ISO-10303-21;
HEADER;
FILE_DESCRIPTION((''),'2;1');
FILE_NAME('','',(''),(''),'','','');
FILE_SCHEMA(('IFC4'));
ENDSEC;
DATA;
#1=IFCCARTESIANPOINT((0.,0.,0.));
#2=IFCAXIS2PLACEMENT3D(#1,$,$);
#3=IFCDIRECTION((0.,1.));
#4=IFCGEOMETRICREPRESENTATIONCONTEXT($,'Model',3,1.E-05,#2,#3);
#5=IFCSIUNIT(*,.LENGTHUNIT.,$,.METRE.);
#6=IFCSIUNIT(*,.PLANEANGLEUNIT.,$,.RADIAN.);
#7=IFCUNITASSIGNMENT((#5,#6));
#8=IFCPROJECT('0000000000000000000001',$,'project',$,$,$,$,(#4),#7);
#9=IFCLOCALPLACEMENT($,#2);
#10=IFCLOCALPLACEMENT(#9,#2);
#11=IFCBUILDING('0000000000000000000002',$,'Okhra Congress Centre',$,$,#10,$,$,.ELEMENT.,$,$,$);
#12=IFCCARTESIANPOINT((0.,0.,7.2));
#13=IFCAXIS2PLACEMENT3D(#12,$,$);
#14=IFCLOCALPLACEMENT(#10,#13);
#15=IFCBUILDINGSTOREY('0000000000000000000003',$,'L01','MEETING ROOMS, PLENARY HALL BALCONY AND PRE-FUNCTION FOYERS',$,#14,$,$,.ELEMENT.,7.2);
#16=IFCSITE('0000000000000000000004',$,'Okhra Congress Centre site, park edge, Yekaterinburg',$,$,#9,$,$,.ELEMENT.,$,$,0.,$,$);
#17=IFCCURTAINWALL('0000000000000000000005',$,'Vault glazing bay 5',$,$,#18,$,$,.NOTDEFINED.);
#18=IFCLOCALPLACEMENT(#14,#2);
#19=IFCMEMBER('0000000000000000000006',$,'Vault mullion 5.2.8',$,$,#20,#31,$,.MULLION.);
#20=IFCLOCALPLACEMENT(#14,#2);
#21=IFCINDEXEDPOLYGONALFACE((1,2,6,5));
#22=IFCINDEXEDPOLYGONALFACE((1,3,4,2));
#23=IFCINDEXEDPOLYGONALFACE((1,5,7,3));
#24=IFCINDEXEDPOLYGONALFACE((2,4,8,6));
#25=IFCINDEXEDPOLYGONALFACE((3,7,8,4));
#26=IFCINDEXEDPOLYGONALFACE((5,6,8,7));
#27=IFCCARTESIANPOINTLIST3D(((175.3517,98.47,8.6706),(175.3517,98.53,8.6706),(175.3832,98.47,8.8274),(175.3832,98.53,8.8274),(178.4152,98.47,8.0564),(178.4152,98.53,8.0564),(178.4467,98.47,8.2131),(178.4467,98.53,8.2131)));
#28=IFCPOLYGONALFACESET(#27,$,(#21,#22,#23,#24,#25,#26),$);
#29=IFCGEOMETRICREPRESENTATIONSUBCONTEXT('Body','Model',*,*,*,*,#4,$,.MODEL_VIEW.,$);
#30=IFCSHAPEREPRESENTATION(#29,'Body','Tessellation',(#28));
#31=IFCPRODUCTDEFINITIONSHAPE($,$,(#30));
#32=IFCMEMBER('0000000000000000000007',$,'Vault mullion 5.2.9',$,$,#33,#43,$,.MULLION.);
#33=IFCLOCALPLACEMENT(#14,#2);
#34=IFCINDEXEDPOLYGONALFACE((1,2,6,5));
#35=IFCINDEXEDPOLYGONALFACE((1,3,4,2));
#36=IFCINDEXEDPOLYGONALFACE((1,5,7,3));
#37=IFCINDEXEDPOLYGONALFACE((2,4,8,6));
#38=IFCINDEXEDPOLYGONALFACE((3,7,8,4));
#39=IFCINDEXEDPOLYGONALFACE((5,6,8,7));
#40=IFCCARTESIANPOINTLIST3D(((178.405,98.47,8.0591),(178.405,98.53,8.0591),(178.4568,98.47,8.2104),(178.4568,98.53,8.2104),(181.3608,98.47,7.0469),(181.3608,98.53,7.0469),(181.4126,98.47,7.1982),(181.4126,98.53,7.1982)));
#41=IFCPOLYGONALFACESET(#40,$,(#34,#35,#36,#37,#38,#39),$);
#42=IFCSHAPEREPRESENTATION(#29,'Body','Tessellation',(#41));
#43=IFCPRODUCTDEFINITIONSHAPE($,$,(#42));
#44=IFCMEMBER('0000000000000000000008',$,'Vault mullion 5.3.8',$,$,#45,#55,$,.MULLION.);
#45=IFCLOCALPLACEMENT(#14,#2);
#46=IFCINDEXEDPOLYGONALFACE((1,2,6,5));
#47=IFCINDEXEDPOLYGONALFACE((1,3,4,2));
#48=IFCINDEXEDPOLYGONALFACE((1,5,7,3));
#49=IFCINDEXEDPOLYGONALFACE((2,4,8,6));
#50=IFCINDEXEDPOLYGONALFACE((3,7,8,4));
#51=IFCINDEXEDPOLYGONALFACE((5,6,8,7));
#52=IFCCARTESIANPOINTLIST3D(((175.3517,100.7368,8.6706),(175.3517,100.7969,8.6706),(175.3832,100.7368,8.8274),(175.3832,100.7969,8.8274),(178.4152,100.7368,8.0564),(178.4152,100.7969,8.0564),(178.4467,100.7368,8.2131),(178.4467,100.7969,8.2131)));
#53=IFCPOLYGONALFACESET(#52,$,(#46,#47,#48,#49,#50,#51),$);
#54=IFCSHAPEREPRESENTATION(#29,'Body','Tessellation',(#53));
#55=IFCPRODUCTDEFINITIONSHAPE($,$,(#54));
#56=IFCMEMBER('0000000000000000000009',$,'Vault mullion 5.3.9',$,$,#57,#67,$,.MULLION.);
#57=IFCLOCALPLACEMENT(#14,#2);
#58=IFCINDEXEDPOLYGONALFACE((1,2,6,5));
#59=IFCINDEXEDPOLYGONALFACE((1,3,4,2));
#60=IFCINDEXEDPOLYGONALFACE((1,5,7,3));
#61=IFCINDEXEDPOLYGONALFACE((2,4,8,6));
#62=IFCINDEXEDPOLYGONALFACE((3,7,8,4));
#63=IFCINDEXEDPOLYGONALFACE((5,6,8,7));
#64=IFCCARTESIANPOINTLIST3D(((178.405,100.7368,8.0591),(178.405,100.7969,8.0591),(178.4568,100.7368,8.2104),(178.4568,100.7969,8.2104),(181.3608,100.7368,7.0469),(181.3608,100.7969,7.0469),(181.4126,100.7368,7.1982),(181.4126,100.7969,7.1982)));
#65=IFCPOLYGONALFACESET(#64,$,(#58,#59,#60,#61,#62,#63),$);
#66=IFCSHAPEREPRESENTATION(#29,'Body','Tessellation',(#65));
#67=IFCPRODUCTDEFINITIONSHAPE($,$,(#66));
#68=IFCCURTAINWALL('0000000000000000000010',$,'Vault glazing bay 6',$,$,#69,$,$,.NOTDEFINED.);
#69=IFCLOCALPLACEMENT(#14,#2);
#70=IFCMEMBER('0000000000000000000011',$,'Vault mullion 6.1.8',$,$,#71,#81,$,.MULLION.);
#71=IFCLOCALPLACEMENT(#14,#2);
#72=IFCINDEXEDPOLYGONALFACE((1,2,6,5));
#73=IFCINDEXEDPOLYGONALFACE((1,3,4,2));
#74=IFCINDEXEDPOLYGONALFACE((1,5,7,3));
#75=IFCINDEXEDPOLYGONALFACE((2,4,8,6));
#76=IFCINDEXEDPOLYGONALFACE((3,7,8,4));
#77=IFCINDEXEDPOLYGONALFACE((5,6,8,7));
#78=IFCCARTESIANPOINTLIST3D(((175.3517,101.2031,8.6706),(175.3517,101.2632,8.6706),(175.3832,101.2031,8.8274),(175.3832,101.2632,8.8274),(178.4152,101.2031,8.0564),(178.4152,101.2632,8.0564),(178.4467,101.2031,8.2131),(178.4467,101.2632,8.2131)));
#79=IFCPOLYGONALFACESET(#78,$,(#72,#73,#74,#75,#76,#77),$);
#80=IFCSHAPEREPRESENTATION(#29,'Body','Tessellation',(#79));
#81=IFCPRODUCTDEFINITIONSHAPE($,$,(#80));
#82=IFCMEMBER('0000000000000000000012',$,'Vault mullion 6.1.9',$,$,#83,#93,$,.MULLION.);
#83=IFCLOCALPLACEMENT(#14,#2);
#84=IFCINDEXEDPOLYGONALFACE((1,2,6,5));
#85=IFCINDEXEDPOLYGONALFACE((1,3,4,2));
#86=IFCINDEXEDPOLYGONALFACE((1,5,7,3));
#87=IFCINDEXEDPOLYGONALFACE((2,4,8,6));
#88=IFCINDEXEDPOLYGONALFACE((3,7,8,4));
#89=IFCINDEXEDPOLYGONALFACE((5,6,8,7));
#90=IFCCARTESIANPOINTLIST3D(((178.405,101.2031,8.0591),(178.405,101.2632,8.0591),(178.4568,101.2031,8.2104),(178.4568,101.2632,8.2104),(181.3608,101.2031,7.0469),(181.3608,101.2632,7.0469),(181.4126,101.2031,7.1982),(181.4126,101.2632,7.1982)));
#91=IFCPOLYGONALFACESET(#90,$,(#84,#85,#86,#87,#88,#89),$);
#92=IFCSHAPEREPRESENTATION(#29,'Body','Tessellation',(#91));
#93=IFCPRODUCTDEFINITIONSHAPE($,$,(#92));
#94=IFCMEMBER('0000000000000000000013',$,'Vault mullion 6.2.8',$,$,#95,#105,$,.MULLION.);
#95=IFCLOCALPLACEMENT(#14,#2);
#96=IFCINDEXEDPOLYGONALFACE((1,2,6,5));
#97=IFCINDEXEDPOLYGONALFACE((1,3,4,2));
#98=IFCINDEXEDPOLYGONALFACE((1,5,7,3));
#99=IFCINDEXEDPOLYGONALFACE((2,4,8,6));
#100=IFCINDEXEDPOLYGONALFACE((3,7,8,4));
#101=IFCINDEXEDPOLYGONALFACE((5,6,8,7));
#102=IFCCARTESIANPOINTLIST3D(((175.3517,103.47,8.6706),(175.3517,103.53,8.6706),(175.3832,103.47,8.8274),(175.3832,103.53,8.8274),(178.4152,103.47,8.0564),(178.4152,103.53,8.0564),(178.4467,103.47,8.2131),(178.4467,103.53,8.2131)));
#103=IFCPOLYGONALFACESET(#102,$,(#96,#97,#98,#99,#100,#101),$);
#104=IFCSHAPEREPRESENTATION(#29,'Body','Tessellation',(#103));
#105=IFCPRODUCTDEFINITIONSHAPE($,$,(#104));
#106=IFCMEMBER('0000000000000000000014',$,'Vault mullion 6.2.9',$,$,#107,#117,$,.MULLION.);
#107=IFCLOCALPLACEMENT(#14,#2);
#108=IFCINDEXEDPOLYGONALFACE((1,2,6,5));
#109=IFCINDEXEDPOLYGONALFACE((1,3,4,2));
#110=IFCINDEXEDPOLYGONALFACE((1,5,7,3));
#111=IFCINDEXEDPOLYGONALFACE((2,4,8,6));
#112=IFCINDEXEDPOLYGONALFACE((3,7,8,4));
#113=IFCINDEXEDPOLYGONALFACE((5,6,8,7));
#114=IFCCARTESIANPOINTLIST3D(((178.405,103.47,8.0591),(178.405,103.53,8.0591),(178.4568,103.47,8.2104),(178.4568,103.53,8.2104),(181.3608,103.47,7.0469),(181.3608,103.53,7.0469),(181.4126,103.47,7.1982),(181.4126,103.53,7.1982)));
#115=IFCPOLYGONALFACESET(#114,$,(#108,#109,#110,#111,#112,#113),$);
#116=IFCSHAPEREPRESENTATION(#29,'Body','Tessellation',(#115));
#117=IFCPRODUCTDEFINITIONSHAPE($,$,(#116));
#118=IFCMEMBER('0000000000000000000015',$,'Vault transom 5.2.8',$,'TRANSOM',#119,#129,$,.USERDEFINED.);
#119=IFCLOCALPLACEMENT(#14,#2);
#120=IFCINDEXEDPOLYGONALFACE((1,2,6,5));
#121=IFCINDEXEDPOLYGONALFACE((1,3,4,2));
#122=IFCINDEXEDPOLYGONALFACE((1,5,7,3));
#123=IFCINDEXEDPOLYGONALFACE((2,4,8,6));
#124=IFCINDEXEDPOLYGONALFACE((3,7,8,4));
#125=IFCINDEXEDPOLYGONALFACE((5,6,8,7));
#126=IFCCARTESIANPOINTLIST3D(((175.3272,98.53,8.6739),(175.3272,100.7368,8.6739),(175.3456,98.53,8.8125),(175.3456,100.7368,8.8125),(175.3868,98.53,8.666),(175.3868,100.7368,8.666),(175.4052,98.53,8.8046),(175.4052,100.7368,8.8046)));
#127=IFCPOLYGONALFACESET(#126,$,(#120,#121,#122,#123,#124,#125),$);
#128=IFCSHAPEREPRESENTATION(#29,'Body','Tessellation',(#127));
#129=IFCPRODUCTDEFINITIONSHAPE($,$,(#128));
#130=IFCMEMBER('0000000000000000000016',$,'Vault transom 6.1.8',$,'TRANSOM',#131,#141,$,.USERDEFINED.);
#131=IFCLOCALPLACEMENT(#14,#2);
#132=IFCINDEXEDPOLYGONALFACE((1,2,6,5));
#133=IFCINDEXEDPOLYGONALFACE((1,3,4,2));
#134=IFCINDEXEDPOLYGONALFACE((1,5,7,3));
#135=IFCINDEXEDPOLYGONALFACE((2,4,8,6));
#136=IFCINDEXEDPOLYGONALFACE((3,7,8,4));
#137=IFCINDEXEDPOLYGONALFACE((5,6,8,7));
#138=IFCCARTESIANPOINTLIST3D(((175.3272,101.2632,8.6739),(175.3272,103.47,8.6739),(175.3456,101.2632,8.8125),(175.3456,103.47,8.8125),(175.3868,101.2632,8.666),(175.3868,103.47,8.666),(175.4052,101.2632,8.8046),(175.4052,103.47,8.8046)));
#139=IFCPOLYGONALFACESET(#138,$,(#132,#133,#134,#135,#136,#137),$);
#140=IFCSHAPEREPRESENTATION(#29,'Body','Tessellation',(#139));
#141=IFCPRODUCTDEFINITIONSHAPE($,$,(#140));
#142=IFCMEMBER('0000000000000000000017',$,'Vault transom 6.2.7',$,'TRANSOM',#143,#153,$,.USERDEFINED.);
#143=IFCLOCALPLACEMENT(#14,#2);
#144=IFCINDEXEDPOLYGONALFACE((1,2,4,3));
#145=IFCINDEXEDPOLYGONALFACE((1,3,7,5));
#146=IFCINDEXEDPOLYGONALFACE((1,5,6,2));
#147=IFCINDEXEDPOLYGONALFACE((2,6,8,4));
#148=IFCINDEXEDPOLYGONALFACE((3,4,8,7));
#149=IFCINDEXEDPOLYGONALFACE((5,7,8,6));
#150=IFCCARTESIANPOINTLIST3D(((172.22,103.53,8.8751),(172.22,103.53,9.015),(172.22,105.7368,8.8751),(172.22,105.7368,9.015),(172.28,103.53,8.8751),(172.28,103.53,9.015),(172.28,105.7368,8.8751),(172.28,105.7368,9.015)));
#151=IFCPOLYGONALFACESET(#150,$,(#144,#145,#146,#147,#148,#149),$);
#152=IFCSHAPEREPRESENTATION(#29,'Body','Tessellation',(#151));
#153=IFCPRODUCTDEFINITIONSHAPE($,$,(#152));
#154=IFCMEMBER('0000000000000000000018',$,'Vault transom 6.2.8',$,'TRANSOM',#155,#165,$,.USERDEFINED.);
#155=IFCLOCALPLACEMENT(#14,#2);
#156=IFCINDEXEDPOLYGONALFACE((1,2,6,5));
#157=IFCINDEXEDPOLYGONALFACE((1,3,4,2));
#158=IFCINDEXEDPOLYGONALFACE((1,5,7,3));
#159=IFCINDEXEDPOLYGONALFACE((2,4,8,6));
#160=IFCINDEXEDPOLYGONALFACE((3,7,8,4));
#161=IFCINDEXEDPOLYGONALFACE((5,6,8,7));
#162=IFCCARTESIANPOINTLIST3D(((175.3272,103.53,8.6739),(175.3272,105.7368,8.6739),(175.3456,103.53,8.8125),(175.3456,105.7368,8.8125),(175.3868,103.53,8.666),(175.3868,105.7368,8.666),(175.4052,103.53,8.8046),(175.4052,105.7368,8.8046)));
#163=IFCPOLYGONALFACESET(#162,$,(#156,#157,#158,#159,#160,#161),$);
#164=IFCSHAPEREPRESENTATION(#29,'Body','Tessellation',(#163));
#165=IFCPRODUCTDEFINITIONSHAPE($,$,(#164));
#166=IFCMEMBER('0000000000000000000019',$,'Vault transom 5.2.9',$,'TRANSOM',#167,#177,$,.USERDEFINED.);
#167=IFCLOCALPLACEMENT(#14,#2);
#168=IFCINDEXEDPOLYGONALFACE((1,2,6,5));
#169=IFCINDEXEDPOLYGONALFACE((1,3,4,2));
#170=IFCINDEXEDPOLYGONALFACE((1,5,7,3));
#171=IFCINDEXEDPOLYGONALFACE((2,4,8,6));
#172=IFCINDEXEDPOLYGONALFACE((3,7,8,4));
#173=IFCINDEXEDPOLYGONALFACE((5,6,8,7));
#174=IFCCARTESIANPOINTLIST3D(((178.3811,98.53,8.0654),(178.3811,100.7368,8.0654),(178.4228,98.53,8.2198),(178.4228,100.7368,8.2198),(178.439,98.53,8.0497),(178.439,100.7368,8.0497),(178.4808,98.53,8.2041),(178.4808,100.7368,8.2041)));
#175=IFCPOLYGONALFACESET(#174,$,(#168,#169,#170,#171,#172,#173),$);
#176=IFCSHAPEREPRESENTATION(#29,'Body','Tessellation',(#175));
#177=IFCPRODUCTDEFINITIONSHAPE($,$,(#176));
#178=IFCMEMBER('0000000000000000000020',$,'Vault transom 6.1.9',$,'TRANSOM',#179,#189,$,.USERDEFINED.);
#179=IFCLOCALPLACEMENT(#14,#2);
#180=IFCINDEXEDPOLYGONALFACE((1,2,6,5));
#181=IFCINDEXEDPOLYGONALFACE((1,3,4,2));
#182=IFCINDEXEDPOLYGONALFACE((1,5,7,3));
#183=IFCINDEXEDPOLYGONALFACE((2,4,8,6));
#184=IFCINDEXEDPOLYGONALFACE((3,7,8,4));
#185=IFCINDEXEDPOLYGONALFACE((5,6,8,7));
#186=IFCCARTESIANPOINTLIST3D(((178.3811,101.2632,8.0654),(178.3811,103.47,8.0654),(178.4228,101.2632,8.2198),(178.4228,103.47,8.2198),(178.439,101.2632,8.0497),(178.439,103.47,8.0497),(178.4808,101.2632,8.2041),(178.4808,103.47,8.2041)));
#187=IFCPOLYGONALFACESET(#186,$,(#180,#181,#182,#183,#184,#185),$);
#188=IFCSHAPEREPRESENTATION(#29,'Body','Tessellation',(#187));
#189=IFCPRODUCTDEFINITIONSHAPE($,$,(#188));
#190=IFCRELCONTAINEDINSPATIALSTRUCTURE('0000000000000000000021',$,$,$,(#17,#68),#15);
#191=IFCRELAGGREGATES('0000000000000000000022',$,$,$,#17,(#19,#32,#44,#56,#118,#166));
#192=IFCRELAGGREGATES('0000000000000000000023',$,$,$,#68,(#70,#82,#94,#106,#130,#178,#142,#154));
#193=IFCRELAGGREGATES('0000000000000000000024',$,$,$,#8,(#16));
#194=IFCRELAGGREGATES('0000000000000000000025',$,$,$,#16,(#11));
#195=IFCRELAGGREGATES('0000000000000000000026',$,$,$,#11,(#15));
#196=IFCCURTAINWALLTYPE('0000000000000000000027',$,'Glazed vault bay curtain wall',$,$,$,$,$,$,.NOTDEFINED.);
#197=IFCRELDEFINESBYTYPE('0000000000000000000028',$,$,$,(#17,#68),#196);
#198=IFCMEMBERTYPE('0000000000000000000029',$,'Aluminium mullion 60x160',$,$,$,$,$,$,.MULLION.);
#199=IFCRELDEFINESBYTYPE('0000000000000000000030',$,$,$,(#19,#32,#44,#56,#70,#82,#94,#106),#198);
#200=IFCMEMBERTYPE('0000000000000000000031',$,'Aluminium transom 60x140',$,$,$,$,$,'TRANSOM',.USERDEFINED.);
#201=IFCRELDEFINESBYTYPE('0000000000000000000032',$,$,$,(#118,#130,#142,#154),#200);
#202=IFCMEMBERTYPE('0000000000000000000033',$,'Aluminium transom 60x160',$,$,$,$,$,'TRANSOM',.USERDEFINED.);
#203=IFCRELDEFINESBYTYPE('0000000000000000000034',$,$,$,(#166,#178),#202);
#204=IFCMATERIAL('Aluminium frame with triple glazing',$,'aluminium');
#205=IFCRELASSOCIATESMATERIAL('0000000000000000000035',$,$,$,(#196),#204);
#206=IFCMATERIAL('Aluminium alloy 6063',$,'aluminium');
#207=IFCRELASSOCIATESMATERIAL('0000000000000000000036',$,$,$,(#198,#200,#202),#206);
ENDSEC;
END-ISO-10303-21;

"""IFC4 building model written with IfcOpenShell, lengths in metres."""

from ifc_helpers import new_model, si_unit, direction, frame, origin, origin_2d, place, context, subcontext, project, spatial, rectangle, extrude, material, material_profile, profile_set, type_object, element, aggregate, save


model = new_model("IFC4")

# Units and contexts
model_context = context("Model", 3, precision=1e-05, world=origin(), true_north=direction((0.0, 1.0)))
body_context = subcontext(model_context, "Body", "Model", "MODEL_VIEW")
ifc_project = project(units=[si_unit("LENGTHUNIT", "METRE"), si_unit("PLANEANGLEUNIT", "RADIAN")], contexts=[model_context])

# Site, building, storey
site_placement = place(None, origin())
site = spatial("IfcSite", under=ifc_project, at=site_placement, Name="Okhra Congress Centre site, park edge, Yekaterinburg", CompositionType="ELEMENT", RefElevation=0.0)
building_placement = place(site_placement, origin())
building = spatial("IfcBuilding", under=site, at=building_placement, Name="Okhra Congress Centre", CompositionType="ELEMENT")
storey_placement = place(building_placement, frame((0.0, 0.0, 7.2)))
storey = spatial("IfcBuildingStorey", under=building, at=storey_placement, Name="L01", Description="MEETING ROOMS, PLENARY HALL BALCONY AND PRE-FUNCTION FOYERS", CompositionType="ELEMENT", Elevation=7.2)

# Curtain walls, members
ifc_material_1 = material(Name="Aluminium frame with triple glazing", Category="aluminium")
curtain_wall_type = type_object("IfcCurtainWallType", Name="Glazed vault bay curtain wall", PredefinedType="NOTDEFINED", material=ifc_material_1)
curtain_wall_1_placement = place(storey_placement, origin())
curtain_wall_1 = element("IfcCurtainWall", 1, at=curtain_wall_1_placement, inside=storey, type_object=curtain_wall_type, Name="Vault glazing bay 5", PredefinedType="NOTDEFINED")
ifc_material_2 = material(Name="Aluminium alloy 6063", Category="aluminium")
ifc_material_profile_1 = material_profile(ifc_material_2, rectangle(XDim=0.0601, YDim=0.1599, at=origin_2d()), Name="AL 60x160")
ifc_profile_set_1 = profile_set([ifc_material_profile_1], Name="Aluminium alloy 6063")
member_type_1 = type_object("IfcMemberType", Name="Aluminium mullion 60x160", PredefinedType="MULLION", material=ifc_profile_set_1)
member_1_placement = place(storey_placement, frame((175.3674, 98.5, 8.749), z_axis=(0.980484, 0.0, -0.196597), x_axis=(0.0, 1.0, 0.0)))
member_1 = element("IfcMember", 2, at=member_1_placement, type_object=member_type_1, Name="Vault mullion 5.2.8", PredefinedType="MULLION", context=body_context, shape_type="SweptSolid", body=[
    extrude(rectangle(XDim=0.0601, YDim=0.1599, at=origin_2d()), origin(), (0.0, 0.0, 1.0), 3.1245),
])
member_2_placement = place(storey_placement, frame((178.4309, 98.5, 8.1348), z_axis=(0.946065, 0.0, -0.323977), x_axis=(0.0, 1.0, 0.0)))
member_2 = element("IfcMember", 3, at=member_2_placement, type_object=member_type_1, Name="Vault mullion 5.2.9", PredefinedType="MULLION", context=body_context, shape_type="SweptSolid", body=[
    extrude(rectangle(XDim=0.0601, YDim=0.1599, at=origin_2d()), origin(), (0.0, 0.0, 1.0), 3.1243),
])
member_3_placement = place(storey_placement, frame((175.3674, 100.7668, 8.749), z_axis=(0.980484, 0.0, -0.196597), x_axis=(0.0, 1.0, 0.0)))
member_3 = element("IfcMember", 4, at=member_3_placement, type_object=member_type_1, Name="Vault mullion 5.3.8", PredefinedType="MULLION", context=body_context, shape_type="SweptSolid", body=[
    extrude(rectangle(XDim=0.0601, YDim=0.1599, at=origin_2d()), origin(), (0.0, 0.0, 1.0), 3.1245),
])
member_4_placement = place(storey_placement, frame((178.4309, 100.7668, 8.1348), z_axis=(0.946065, 0.0, -0.323977), x_axis=(0.0, 1.0, 0.0)))
member_4 = element("IfcMember", 5, at=member_4_placement, type_object=member_type_1, Name="Vault mullion 5.3.9", PredefinedType="MULLION", context=body_context, shape_type="SweptSolid", body=[
    extrude(rectangle(XDim=0.0601, YDim=0.1599, at=origin_2d()), origin(), (0.0, 0.0, 1.0), 3.1243),
])
curtain_wall_2_placement = place(storey_placement, origin())
curtain_wall_2 = element("IfcCurtainWall", 6, at=curtain_wall_2_placement, inside=storey, type_object=curtain_wall_type, Name="Vault glazing bay 6", PredefinedType="NOTDEFINED")
member_5_placement = place(storey_placement, frame((175.3674, 101.2332, 8.749), z_axis=(0.980484, 0.0, -0.196597), x_axis=(0.0, 1.0, 0.0)))
member_5 = element("IfcMember", 7, at=member_5_placement, type_object=member_type_1, Name="Vault mullion 6.1.8", PredefinedType="MULLION", context=body_context, shape_type="SweptSolid", body=[
    extrude(rectangle(XDim=0.0601, YDim=0.1599, at=origin_2d()), origin(), (0.0, 0.0, 1.0), 3.1245),
])
member_6_placement = place(storey_placement, frame((178.4309, 101.2332, 8.1348), z_axis=(0.946065, 0.0, -0.323977), x_axis=(0.0, 1.0, 0.0)))
member_6 = element("IfcMember", 8, at=member_6_placement, type_object=member_type_1, Name="Vault mullion 6.1.9", PredefinedType="MULLION", context=body_context, shape_type="SweptSolid", body=[
    extrude(rectangle(XDim=0.0601, YDim=0.1599, at=origin_2d()), origin(), (0.0, 0.0, 1.0), 3.1243),
])
member_7_placement = place(storey_placement, frame((175.3674, 103.5, 8.749), z_axis=(0.980484, 0.0, -0.196597), x_axis=(0.0, 1.0, 0.0)))
member_7 = element("IfcMember", 9, at=member_7_placement, type_object=member_type_1, Name="Vault mullion 6.2.8", PredefinedType="MULLION", context=body_context, shape_type="SweptSolid", body=[
    extrude(rectangle(XDim=0.0601, YDim=0.1599, at=origin_2d()), origin(), (0.0, 0.0, 1.0), 3.1245),
])
member_8_placement = place(storey_placement, frame((178.4309, 103.5, 8.1348), z_axis=(0.946065, 0.0, -0.323977), x_axis=(0.0, 1.0, 0.0)))
member_8 = element("IfcMember", 10, at=member_8_placement, type_object=member_type_1, Name="Vault mullion 6.2.9", PredefinedType="MULLION", context=body_context, shape_type="SweptSolid", body=[
    extrude(rectangle(XDim=0.0601, YDim=0.1599, at=origin_2d()), origin(), (0.0, 0.0, 1.0), 3.1243),
])

# Members
ifc_material_profile_2 = material_profile(ifc_material_2, rectangle(XDim=0.0601, YDim=0.1399, at=origin_2d()), Name="AL 60x140 transom")
ifc_profile_set_2 = profile_set([ifc_material_profile_2], Name="Aluminium alloy 6063")
member_type_2 = type_object("IfcMemberType", Name="Aluminium transom 60x140", ElementType="TRANSOM", PredefinedType="USERDEFINED", material=ifc_profile_set_2)
member_9_placement = place(storey_placement, frame((175.3662, 98.53, 8.7393), z_axis=(0.0, 1.0, 0.0), x_axis=(-0.991307, 0.0, 0.131568)))
member_9 = element("IfcMember", 11, at=member_9_placement, type_object=member_type_2, Name="Vault transom 5.2.8", ObjectType="TRANSOM", PredefinedType="USERDEFINED", context=body_context, shape_type="SweptSolid", body=[
    extrude(rectangle(XDim=0.0601, YDim=0.1399, at=origin_2d()), origin(), (0.0, 0.0, 1.0), 2.2068),
])
member_10_placement = place(storey_placement, frame((175.3662, 101.2632, 8.7393), z_axis=(0.0, 1.0, 0.0), x_axis=(-0.991307, 0.0, 0.131568)))
member_10 = element("IfcMember", 12, at=member_10_placement, type_object=member_type_2, Name="Vault transom 6.1.8", ObjectType="TRANSOM", PredefinedType="USERDEFINED", context=body_context, shape_type="SweptSolid", body=[
    extrude(rectangle(XDim=0.0601, YDim=0.1399, at=origin_2d()), origin(), (0.0, 0.0, 1.0), 2.2068),
])
member_11_placement = place(storey_placement, frame((172.25, 103.53, 8.9451), z_axis=(0.0, 1.0, 0.0), x_axis=(-1.0, 0.0, 0.0)))
member_11 = element("IfcMember", 13, at=member_11_placement, type_object=member_type_2, Name="Vault transom 6.2.7", ObjectType="TRANSOM", PredefinedType="USERDEFINED", context=body_context, shape_type="SweptSolid", body=[
    extrude(rectangle(XDim=0.0601, YDim=0.1399, at=origin_2d()), origin(), (0.0, 0.0, 1.0), 2.2068),
])
member_12_placement = place(storey_placement, frame((175.3662, 103.53, 8.7393), z_axis=(0.0, 1.0, 0.0), x_axis=(-0.991307, 0.0, 0.131568)))
member_12 = element("IfcMember", 14, at=member_12_placement, type_object=member_type_2, Name="Vault transom 6.2.8", ObjectType="TRANSOM", PredefinedType="USERDEFINED", context=body_context, shape_type="SweptSolid", body=[
    extrude(rectangle(XDim=0.0601, YDim=0.1399, at=origin_2d()), origin(), (0.0, 0.0, 1.0), 2.2068),
])
ifc_material_profile_3 = material_profile(ifc_material_2, rectangle(XDim=0.0601, YDim=0.1599, at=origin_2d()), Name="AL 60x160 transom")
ifc_profile_set_3 = profile_set([ifc_material_profile_3], Name="Aluminium alloy 6063")
member_type_3 = type_object("IfcMemberType", Name="Aluminium transom 60x160", ElementType="TRANSOM", PredefinedType="USERDEFINED", material=ifc_profile_set_3)
member_13_placement = place(storey_placement, frame((178.4309, 98.53, 8.1348), z_axis=(0.0, 1.0, 0.0), x_axis=(-0.96538, 0.0, 0.260848)))
member_13 = element("IfcMember", 15, at=member_13_placement, type_object=member_type_3, Name="Vault transom 5.2.9", ObjectType="TRANSOM", PredefinedType="USERDEFINED", context=body_context, shape_type="SweptSolid", body=[
    extrude(rectangle(XDim=0.0601, YDim=0.1599, at=origin_2d()), origin(), (0.0, 0.0, 1.0), 2.2068),
])
member_14_placement = place(storey_placement, frame((178.4309, 101.2632, 8.1348), z_axis=(0.0, 1.0, 0.0), x_axis=(-0.96538, 0.0, 0.260848)))
member_14 = element("IfcMember", 16, at=member_14_placement, type_object=member_type_3, Name="Vault transom 6.1.9", ObjectType="TRANSOM", PredefinedType="USERDEFINED", context=body_context, shape_type="SweptSolid", body=[
    extrude(rectangle(XDim=0.0601, YDim=0.1599, at=origin_2d()), origin(), (0.0, 0.0, 1.0), 2.2068),
])

aggregate(curtain_wall_1, [member_1, member_2, member_3, member_4, member_9, member_13])
aggregate(curtain_wall_2, [member_5, member_6, member_7, member_8, member_10, member_14, member_11, member_12])

save(model, "model.ifc")
